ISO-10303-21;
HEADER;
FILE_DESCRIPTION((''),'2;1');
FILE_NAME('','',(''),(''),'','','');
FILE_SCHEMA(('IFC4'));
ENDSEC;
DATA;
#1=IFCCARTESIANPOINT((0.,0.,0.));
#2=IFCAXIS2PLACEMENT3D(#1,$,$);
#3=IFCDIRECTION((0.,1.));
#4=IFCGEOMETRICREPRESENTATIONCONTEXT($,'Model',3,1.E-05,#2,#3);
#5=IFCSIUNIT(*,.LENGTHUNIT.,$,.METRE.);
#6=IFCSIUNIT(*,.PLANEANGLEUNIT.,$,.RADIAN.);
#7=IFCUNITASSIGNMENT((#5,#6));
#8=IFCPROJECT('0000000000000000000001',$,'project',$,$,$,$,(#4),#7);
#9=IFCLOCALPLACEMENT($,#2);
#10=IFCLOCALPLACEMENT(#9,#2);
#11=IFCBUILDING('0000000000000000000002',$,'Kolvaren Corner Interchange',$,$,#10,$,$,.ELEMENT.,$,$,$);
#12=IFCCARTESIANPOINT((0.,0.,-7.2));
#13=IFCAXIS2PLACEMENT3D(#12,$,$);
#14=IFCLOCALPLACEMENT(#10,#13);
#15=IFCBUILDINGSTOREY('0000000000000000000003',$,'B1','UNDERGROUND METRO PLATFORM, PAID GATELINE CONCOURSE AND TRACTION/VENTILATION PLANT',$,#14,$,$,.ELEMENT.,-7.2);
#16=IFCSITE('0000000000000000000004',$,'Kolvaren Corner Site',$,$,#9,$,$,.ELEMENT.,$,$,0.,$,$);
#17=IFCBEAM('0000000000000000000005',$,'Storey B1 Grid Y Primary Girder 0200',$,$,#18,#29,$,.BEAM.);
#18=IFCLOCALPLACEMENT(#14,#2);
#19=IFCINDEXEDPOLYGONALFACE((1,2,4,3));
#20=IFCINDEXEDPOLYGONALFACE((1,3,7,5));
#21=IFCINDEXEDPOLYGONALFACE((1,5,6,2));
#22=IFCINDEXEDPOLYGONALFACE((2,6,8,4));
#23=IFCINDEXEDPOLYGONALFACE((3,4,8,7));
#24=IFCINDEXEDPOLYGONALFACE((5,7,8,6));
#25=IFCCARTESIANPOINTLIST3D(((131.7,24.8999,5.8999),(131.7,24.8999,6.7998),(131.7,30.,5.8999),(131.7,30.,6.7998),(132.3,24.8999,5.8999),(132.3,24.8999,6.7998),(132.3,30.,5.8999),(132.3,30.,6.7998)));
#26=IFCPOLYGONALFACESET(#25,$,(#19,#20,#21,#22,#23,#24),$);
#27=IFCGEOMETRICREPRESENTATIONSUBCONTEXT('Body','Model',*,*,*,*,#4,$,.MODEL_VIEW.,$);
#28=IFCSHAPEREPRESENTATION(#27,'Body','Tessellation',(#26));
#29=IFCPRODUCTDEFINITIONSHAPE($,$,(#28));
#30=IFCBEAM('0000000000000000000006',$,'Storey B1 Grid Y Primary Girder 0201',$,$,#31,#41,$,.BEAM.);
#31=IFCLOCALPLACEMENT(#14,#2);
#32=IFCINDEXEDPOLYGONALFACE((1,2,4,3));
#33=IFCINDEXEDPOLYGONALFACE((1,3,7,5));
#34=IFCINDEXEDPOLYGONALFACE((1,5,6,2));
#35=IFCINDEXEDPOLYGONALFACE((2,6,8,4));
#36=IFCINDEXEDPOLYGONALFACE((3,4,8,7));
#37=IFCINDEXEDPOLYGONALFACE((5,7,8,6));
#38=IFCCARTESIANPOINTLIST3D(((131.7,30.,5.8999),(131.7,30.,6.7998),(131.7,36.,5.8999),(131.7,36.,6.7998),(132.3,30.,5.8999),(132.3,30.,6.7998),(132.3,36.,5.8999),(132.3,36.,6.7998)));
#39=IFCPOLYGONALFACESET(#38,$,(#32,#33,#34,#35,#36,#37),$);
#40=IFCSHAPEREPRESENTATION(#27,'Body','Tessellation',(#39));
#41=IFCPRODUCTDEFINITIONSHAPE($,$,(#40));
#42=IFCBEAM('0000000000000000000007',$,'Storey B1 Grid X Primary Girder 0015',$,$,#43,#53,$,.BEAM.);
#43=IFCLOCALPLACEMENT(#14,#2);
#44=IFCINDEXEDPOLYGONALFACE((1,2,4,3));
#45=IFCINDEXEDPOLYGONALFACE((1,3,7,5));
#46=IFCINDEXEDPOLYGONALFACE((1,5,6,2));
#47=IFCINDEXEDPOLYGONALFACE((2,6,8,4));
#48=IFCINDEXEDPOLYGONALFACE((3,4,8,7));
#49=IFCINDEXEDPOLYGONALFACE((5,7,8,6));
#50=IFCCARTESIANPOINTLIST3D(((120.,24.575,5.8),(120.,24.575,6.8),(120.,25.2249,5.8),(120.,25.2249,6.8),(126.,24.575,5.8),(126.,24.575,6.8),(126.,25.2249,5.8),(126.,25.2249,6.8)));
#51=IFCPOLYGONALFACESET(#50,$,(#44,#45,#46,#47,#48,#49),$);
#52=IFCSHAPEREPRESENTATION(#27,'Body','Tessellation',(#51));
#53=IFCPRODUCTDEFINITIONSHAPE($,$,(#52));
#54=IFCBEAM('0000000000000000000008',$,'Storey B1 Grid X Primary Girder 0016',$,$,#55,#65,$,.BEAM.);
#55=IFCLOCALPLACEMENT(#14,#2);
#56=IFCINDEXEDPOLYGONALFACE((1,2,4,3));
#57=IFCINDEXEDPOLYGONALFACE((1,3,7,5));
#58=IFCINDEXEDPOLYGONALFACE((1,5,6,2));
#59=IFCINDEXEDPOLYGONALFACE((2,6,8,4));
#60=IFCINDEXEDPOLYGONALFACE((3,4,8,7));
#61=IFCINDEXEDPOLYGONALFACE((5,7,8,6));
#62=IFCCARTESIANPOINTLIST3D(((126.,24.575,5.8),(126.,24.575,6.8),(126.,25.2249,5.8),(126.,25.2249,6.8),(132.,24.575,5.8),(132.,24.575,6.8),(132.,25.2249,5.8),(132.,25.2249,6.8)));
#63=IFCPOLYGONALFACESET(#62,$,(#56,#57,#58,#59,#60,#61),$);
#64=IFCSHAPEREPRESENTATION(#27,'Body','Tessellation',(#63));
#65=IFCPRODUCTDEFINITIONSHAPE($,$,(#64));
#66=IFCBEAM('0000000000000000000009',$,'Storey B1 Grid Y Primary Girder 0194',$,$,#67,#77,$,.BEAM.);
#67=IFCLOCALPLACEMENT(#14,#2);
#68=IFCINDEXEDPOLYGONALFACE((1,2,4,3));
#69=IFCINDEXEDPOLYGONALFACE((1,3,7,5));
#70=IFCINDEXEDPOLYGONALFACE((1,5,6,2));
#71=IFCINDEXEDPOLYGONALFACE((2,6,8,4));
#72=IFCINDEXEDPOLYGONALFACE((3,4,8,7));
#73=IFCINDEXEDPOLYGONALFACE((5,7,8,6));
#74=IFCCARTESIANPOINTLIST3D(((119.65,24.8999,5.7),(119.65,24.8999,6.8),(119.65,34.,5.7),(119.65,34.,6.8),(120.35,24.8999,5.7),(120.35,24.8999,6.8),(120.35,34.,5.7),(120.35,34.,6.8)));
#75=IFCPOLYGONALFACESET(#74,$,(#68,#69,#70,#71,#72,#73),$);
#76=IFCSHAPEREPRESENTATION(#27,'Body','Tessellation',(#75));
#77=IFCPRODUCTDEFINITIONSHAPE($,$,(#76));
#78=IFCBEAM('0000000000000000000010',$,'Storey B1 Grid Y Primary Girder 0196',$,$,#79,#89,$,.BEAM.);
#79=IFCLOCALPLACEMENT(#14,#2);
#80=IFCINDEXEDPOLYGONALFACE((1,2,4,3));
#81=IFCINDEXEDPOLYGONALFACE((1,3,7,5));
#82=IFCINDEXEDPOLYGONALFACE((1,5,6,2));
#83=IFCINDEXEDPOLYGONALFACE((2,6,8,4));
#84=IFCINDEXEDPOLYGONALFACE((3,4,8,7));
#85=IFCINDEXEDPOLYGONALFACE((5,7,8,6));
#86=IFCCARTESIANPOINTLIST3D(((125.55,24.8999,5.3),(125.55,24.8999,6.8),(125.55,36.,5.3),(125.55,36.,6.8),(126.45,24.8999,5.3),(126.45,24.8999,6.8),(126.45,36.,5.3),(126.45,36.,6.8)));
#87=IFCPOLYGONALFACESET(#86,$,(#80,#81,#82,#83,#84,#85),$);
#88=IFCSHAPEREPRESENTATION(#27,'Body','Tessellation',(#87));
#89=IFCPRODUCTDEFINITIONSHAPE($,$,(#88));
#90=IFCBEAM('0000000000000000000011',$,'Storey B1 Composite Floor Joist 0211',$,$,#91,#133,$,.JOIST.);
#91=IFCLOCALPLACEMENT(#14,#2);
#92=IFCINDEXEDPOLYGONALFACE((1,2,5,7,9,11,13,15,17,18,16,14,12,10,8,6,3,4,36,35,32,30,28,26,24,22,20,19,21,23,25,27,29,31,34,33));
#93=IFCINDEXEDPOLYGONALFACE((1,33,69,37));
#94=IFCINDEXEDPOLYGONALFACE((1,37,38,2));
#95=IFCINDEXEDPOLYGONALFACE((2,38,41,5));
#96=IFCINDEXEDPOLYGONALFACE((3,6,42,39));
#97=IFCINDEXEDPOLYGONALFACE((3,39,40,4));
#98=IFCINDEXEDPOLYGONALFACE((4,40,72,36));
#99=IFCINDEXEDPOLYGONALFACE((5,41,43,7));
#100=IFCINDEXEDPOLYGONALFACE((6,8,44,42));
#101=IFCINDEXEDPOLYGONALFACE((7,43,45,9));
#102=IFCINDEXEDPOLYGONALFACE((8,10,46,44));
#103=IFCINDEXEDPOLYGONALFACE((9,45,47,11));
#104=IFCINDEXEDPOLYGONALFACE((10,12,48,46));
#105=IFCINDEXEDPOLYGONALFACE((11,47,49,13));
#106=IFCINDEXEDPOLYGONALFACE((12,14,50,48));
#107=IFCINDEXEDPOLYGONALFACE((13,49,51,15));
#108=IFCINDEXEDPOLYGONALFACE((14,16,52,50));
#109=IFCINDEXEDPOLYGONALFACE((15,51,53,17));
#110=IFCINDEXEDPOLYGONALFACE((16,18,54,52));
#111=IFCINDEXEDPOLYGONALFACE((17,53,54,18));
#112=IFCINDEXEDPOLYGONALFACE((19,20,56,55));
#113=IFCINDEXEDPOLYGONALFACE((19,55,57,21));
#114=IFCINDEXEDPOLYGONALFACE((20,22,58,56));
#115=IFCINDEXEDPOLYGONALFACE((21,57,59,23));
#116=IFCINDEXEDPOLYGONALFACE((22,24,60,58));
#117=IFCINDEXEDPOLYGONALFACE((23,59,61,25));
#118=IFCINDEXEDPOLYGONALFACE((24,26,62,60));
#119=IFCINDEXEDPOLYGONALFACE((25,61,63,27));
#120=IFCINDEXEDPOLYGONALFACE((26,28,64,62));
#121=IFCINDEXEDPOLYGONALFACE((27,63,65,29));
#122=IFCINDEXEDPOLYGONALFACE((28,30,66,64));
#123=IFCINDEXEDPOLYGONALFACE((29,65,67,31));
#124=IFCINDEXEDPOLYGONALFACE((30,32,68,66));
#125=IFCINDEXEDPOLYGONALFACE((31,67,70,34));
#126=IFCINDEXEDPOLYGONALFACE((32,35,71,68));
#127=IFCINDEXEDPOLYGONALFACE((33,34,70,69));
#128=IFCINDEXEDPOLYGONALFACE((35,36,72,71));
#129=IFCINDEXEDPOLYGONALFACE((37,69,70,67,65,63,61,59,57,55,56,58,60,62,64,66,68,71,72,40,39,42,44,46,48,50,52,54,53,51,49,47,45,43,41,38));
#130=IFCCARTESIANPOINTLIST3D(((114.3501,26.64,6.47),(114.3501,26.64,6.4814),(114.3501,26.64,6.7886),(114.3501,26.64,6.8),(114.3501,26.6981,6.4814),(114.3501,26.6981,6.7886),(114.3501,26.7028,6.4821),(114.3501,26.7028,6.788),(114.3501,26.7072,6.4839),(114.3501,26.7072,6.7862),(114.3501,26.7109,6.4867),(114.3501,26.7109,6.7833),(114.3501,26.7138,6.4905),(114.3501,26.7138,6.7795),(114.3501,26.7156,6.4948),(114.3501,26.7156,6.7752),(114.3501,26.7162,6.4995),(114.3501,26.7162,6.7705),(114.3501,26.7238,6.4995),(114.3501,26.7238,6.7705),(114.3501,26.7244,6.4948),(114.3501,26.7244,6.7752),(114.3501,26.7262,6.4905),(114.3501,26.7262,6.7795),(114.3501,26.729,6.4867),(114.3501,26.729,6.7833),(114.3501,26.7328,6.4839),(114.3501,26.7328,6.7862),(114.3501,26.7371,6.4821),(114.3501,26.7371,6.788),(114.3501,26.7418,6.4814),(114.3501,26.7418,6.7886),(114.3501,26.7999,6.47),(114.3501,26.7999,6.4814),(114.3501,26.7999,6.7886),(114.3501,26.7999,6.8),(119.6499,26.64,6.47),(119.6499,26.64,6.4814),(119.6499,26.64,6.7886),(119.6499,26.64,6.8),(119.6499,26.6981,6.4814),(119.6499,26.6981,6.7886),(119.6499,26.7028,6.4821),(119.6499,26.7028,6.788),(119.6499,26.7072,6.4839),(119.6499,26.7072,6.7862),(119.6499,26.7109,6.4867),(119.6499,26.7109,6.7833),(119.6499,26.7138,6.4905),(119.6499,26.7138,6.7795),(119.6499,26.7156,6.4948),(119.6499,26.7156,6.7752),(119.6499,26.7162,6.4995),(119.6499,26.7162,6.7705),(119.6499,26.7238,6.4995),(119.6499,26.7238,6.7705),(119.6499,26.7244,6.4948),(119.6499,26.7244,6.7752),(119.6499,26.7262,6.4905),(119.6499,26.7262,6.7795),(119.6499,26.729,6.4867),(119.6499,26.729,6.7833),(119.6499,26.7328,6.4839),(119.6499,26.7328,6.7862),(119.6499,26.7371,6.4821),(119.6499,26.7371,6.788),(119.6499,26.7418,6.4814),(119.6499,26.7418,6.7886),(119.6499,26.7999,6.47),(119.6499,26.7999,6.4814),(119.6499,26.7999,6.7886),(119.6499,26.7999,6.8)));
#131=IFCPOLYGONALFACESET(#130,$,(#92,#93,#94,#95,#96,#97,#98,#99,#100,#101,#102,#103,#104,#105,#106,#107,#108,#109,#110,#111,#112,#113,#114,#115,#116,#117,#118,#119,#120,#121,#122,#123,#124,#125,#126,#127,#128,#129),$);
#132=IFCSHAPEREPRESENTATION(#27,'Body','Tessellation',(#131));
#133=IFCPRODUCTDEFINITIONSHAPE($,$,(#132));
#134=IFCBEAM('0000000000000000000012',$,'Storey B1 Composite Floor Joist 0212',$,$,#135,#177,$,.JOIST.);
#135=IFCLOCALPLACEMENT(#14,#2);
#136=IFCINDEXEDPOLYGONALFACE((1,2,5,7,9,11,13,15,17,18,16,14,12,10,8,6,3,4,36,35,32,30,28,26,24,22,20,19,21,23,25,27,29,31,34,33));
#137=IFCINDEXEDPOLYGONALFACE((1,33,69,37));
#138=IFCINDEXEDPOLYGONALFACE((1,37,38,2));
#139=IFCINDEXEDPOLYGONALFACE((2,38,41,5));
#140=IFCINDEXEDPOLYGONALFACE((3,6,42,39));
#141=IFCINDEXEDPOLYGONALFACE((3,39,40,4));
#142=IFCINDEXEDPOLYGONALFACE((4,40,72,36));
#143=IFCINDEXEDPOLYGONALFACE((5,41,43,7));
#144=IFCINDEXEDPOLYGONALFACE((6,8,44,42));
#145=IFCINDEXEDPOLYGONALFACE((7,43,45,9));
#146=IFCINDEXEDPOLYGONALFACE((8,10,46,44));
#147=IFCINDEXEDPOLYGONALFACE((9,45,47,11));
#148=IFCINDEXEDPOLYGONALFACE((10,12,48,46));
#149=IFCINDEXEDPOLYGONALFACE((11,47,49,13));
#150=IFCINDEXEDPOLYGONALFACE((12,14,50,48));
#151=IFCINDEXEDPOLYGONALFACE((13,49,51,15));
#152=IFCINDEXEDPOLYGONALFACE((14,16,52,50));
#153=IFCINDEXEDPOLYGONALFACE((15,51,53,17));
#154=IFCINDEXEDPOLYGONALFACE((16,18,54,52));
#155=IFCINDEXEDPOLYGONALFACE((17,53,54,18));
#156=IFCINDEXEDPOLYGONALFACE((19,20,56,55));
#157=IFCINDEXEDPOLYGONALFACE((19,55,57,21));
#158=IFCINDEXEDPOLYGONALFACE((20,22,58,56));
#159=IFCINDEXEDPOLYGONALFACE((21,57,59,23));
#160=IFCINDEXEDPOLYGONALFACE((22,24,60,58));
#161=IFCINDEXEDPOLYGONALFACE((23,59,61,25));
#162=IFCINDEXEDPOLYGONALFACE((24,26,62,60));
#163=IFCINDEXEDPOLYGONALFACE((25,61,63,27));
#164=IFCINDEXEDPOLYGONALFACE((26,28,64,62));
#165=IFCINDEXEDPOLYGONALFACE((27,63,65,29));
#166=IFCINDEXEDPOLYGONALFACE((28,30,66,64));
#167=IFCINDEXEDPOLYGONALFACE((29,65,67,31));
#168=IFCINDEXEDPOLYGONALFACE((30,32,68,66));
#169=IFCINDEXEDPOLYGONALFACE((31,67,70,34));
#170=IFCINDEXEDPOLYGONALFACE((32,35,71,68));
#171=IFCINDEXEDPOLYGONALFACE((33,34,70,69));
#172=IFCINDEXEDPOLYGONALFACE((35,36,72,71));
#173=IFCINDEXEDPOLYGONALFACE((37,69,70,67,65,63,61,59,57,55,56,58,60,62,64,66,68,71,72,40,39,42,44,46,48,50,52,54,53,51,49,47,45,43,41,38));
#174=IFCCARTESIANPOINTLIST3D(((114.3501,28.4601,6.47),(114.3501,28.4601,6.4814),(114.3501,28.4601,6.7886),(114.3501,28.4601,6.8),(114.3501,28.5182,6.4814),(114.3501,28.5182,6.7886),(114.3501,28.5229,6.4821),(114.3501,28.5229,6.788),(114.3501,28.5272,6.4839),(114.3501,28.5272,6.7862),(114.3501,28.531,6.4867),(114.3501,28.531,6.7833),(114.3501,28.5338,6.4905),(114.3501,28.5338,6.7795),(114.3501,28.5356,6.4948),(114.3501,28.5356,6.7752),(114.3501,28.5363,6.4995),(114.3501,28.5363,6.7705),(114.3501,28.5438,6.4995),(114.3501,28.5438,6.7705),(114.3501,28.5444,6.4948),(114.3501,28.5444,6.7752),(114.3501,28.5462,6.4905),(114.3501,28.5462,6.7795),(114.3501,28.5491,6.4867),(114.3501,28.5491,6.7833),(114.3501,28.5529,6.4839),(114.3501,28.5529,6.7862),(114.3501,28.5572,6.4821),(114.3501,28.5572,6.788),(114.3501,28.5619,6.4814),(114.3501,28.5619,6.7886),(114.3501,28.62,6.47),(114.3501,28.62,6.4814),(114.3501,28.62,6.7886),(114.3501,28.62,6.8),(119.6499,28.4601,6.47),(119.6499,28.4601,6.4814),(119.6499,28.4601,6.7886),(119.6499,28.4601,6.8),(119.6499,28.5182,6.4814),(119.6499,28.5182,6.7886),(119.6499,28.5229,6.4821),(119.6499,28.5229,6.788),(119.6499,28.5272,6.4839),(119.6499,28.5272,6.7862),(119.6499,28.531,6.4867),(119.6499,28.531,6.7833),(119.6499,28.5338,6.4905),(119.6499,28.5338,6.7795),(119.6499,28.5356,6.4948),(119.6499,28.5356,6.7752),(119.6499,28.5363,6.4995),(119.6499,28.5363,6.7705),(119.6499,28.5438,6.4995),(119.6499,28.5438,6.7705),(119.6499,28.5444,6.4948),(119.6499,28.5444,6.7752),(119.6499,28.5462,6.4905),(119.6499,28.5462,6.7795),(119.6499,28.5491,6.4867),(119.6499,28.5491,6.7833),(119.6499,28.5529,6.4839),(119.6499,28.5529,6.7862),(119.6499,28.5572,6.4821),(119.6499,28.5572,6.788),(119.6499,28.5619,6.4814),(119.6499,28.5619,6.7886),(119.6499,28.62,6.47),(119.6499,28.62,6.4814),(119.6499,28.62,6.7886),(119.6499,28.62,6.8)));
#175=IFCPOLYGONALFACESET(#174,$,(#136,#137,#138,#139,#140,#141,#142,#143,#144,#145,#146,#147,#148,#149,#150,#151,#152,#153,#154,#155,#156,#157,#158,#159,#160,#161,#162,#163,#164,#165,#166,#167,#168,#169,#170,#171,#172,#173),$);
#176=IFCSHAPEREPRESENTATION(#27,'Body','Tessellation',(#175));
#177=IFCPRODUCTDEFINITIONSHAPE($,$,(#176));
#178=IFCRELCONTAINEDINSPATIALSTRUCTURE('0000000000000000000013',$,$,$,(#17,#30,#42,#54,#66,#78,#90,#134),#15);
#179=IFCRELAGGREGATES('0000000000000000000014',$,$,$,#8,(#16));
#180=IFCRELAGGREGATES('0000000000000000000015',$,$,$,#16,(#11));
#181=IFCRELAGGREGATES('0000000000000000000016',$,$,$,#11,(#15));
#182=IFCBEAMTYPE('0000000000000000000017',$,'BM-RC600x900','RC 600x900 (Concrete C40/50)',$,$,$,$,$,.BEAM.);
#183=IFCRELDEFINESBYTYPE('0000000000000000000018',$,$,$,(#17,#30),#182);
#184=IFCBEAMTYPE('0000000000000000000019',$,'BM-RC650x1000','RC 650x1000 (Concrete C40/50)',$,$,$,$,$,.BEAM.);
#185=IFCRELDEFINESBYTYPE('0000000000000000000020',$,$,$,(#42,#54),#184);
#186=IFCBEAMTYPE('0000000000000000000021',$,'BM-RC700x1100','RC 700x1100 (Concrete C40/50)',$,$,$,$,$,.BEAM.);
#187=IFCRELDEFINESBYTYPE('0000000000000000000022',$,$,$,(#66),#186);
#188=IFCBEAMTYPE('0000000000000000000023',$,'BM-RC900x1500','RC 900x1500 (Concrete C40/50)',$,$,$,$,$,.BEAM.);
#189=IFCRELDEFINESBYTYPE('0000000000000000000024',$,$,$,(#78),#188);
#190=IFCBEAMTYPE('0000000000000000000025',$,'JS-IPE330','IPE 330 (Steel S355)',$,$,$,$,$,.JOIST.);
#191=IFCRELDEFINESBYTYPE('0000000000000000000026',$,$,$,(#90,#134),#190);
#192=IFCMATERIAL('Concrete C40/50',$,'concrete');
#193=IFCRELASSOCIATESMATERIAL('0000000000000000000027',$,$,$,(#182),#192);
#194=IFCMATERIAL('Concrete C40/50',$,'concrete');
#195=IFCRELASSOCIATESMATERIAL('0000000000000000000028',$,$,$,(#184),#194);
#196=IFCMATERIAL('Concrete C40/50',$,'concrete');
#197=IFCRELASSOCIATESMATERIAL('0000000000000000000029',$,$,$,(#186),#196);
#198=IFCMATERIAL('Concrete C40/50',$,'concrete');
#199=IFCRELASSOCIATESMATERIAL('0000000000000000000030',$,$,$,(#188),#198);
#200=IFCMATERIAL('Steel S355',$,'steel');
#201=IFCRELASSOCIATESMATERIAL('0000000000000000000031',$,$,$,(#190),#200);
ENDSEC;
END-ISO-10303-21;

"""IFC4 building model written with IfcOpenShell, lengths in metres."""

from ifc_helpers import new_model, si_unit, direction, frame, origin, origin_2d, place, context, subcontext, project, spatial, rectangle, i_section, extrude, material, material_profile, profile_set, type_object, element, save


model = new_model("IFC4")

# Units and contexts
model_context = context("Model", 3, precision=1e-05, world=origin(), true_north=direction((0.0, 1.0)))
body_context = subcontext(model_context, "Body", "Model", "MODEL_VIEW")
ifc_project = project(units=[si_unit("LENGTHUNIT", "METRE"), si_unit("PLANEANGLEUNIT", "RADIAN")], contexts=[model_context])

# Site, building, storey
site_placement = place(None, origin())
site = spatial("IfcSite", under=ifc_project, at=site_placement, Name="Kolvaren Corner Site", CompositionType="ELEMENT", RefElevation=0.0)
building_placement = place(site_placement, origin())
building = spatial("IfcBuilding", under=site, at=building_placement, Name="Kolvaren Corner Interchange", CompositionType="ELEMENT")
storey_placement = place(building_placement, frame((0.0, 0.0, -7.2)))
storey = spatial("IfcBuildingStorey", under=building, at=storey_placement, Name="B1", Description="UNDERGROUND METRO PLATFORM, PAID GATELINE CONCOURSE AND TRACTION/VENTILATION PLANT", CompositionType="ELEMENT", Elevation=-7.2)

# Beams
ifc_material_1 = material(Name="Concrete C40/50", Category="concrete")
ifc_material_profile_1 = material_profile(ifc_material_1, rectangle(XDim=0.6001, YDim=0.8999, at=origin_2d()), Name="RC 600x900")
ifc_profile_set_1 = profile_set([ifc_material_profile_1], Name="Concrete C40/50")
beam_type_1 = type_object("IfcBeamType", Name="BM-RC600x900", Description="RC 600x900 (Concrete C40/50)", PredefinedType="BEAM", material=ifc_profile_set_1)
beam_1_placement = place(storey_placement, frame((132.0, 24.8999, 6.3499), z_axis=(0.0, 1.0, 0.0), x_axis=(-1.0, 0.0, 0.0)))
element("IfcBeam", 1, at=beam_1_placement, inside=storey, type_object=beam_type_1, Name="Storey B1 Grid Y Primary Girder 0200", PredefinedType="BEAM", context=body_context, shape_type="SweptSolid", body=[
    extrude(rectangle(XDim=0.6001, YDim=0.8999, at=origin_2d()), origin(), (0.0, 0.0, 1.0), 5.1001),
])
beam_2_placement = place(storey_placement, frame((132.0, 30.0, 6.3499), z_axis=(0.0, 1.0, 0.0), x_axis=(-1.0, 0.0, 0.0)))
element("IfcBeam", 2, at=beam_2_placement, inside=storey, type_object=beam_type_1, Name="Storey B1 Grid Y Primary Girder 0201", PredefinedType="BEAM", context=body_context, shape_type="SweptSolid", body=[
    extrude(rectangle(XDim=0.6001, YDim=0.8999, at=origin_2d()), origin(), (0.0, 0.0, 1.0), 6.0),
])
ifc_material_2 = material(Name="Concrete C40/50", Category="concrete")
ifc_material_profile_2 = material_profile(ifc_material_2, rectangle(XDim=0.6499, YDim=1.0, at=origin_2d()), Name="RC 650x1000")
ifc_profile_set_2 = profile_set([ifc_material_profile_2], Name="Concrete C40/50")
beam_type_2 = type_object("IfcBeamType", Name="BM-RC650x1000", Description="RC 650x1000 (Concrete C40/50)", PredefinedType="BEAM", material=ifc_profile_set_2)
for number, where, z_axis, x_axis, name in (
    (3, (120.0, 24.8999, 6.3), (1.0, 0.0, 0.0), (0.0, 1.0, 0.0), "Storey B1 Grid X Primary Girder 0015"),
    (4, (126.0, 24.8999, 6.3), (1.0, 0.0, 0.0), (0.0, 1.0, 0.0), "Storey B1 Grid X Primary Girder 0016"),
):
    element("IfcBeam", number, at=place(storey_placement, frame(where, z_axis=z_axis, x_axis=x_axis)), inside=storey, type_object=beam_type_2, Name=name, PredefinedType="BEAM", context=body_context, shape_type="SweptSolid", body=[
        extrude(rectangle(XDim=0.6499, YDim=1.0, at=origin_2d()), origin(), (0.0, 0.0, 1.0), 6.0),
    ])
ifc_material_3 = material(Name="Concrete C40/50", Category="concrete")
ifc_material_profile_3 = material_profile(ifc_material_3, rectangle(XDim=0.7, YDim=1.1001, at=origin_2d()), Name="RC 700x1100")
ifc_profile_set_3 = profile_set([ifc_material_profile_3], Name="Concrete C40/50")
beam_type_3 = type_object("IfcBeamType", Name="BM-RC700x1100", Description="RC 700x1100 (Concrete C40/50)", PredefinedType="BEAM", material=ifc_profile_set_3)
beam_3_placement = place(storey_placement, frame((120.0, 24.8999, 6.25), z_axis=(0.0, 1.0, 0.0), x_axis=(-1.0, 0.0, 0.0)))
element("IfcBeam", 5, at=beam_3_placement, inside=storey, type_object=beam_type_3, Name="Storey B1 Grid Y Primary Girder 0194", PredefinedType="BEAM", context=body_context, shape_type="SweptSolid", body=[
    extrude(rectangle(XDim=0.7, YDim=1.1001, at=origin_2d()), origin(), (0.0, 0.0, 1.0), 9.1001),
])
ifc_material_4 = material(Name="Concrete C40/50", Category="concrete")
ifc_material_profile_4 = material_profile(ifc_material_4, rectangle(XDim=0.8999, YDim=1.5, at=origin_2d()), Name="RC 900x1500")
ifc_profile_set_4 = profile_set([ifc_material_profile_4], Name="Concrete C40/50")
beam_type_4 = type_object("IfcBeamType", Name="BM-RC900x1500", Description="RC 900x1500 (Concrete C40/50)", PredefinedType="BEAM", material=ifc_profile_set_4)
beam_4_placement = place(storey_placement, frame((126.0, 24.8999, 6.05), z_axis=(0.0, 1.0, 0.0), x_axis=(-1.0, 0.0, 0.0)))
element("IfcBeam", 6, at=beam_4_placement, inside=storey, type_object=beam_type_4, Name="Storey B1 Grid Y Primary Girder 0196", PredefinedType="BEAM", context=body_context, shape_type="SweptSolid", body=[
    extrude(rectangle(XDim=0.8999, YDim=1.5, at=origin_2d()), origin(), (0.0, 0.0, 1.0), 11.1001),
])
ifc_material_5 = material(Name="Steel S355", Category="steel")
ifc_material_profile_5 = material_profile(ifc_material_5, i_section(OverallWidth=0.1599, OverallDepth=0.3301, WebThickness=0.0076, FlangeThickness=0.0115, FilletRadius=0.0181, at=origin_2d()), Name="IPE 330")
ifc_profile_set_5 = profile_set([ifc_material_profile_5], Name="Steel S355")
beam_type_5 = type_object("IfcBeamType", Name="JS-IPE330", Description="IPE 330 (Steel S355)", PredefinedType="JOIST", material=ifc_profile_set_5)
for number, where, z_axis, x_axis, name in (
    (7, (114.3501, 26.72, 6.635), (1.0, 0.0, 0.0), (0.0, 1.0, 0.0), "Storey B1 Composite Floor Joist 0211"),
    (8, (114.3501, 28.54, 6.635), (1.0, 0.0, 0.0), (0.0, 1.0, 0.0), "Storey B1 Composite Floor Joist 0212"),
):
    element("IfcBeam", number, at=place(storey_placement, frame(where, z_axis=z_axis, x_axis=x_axis)), inside=storey, type_object=beam_type_5, Name=name, PredefinedType="JOIST", context=body_context, shape_type="SweptSolid", body=[
        extrude(i_section(OverallWidth=0.1599, OverallDepth=0.3301, WebThickness=0.0076, FlangeThickness=0.0115, FilletRadius=0.0181, at=origin_2d()), origin(), (0.0, 0.0, 1.0), 5.2998),
    ])

save(model, "model.ifc")
